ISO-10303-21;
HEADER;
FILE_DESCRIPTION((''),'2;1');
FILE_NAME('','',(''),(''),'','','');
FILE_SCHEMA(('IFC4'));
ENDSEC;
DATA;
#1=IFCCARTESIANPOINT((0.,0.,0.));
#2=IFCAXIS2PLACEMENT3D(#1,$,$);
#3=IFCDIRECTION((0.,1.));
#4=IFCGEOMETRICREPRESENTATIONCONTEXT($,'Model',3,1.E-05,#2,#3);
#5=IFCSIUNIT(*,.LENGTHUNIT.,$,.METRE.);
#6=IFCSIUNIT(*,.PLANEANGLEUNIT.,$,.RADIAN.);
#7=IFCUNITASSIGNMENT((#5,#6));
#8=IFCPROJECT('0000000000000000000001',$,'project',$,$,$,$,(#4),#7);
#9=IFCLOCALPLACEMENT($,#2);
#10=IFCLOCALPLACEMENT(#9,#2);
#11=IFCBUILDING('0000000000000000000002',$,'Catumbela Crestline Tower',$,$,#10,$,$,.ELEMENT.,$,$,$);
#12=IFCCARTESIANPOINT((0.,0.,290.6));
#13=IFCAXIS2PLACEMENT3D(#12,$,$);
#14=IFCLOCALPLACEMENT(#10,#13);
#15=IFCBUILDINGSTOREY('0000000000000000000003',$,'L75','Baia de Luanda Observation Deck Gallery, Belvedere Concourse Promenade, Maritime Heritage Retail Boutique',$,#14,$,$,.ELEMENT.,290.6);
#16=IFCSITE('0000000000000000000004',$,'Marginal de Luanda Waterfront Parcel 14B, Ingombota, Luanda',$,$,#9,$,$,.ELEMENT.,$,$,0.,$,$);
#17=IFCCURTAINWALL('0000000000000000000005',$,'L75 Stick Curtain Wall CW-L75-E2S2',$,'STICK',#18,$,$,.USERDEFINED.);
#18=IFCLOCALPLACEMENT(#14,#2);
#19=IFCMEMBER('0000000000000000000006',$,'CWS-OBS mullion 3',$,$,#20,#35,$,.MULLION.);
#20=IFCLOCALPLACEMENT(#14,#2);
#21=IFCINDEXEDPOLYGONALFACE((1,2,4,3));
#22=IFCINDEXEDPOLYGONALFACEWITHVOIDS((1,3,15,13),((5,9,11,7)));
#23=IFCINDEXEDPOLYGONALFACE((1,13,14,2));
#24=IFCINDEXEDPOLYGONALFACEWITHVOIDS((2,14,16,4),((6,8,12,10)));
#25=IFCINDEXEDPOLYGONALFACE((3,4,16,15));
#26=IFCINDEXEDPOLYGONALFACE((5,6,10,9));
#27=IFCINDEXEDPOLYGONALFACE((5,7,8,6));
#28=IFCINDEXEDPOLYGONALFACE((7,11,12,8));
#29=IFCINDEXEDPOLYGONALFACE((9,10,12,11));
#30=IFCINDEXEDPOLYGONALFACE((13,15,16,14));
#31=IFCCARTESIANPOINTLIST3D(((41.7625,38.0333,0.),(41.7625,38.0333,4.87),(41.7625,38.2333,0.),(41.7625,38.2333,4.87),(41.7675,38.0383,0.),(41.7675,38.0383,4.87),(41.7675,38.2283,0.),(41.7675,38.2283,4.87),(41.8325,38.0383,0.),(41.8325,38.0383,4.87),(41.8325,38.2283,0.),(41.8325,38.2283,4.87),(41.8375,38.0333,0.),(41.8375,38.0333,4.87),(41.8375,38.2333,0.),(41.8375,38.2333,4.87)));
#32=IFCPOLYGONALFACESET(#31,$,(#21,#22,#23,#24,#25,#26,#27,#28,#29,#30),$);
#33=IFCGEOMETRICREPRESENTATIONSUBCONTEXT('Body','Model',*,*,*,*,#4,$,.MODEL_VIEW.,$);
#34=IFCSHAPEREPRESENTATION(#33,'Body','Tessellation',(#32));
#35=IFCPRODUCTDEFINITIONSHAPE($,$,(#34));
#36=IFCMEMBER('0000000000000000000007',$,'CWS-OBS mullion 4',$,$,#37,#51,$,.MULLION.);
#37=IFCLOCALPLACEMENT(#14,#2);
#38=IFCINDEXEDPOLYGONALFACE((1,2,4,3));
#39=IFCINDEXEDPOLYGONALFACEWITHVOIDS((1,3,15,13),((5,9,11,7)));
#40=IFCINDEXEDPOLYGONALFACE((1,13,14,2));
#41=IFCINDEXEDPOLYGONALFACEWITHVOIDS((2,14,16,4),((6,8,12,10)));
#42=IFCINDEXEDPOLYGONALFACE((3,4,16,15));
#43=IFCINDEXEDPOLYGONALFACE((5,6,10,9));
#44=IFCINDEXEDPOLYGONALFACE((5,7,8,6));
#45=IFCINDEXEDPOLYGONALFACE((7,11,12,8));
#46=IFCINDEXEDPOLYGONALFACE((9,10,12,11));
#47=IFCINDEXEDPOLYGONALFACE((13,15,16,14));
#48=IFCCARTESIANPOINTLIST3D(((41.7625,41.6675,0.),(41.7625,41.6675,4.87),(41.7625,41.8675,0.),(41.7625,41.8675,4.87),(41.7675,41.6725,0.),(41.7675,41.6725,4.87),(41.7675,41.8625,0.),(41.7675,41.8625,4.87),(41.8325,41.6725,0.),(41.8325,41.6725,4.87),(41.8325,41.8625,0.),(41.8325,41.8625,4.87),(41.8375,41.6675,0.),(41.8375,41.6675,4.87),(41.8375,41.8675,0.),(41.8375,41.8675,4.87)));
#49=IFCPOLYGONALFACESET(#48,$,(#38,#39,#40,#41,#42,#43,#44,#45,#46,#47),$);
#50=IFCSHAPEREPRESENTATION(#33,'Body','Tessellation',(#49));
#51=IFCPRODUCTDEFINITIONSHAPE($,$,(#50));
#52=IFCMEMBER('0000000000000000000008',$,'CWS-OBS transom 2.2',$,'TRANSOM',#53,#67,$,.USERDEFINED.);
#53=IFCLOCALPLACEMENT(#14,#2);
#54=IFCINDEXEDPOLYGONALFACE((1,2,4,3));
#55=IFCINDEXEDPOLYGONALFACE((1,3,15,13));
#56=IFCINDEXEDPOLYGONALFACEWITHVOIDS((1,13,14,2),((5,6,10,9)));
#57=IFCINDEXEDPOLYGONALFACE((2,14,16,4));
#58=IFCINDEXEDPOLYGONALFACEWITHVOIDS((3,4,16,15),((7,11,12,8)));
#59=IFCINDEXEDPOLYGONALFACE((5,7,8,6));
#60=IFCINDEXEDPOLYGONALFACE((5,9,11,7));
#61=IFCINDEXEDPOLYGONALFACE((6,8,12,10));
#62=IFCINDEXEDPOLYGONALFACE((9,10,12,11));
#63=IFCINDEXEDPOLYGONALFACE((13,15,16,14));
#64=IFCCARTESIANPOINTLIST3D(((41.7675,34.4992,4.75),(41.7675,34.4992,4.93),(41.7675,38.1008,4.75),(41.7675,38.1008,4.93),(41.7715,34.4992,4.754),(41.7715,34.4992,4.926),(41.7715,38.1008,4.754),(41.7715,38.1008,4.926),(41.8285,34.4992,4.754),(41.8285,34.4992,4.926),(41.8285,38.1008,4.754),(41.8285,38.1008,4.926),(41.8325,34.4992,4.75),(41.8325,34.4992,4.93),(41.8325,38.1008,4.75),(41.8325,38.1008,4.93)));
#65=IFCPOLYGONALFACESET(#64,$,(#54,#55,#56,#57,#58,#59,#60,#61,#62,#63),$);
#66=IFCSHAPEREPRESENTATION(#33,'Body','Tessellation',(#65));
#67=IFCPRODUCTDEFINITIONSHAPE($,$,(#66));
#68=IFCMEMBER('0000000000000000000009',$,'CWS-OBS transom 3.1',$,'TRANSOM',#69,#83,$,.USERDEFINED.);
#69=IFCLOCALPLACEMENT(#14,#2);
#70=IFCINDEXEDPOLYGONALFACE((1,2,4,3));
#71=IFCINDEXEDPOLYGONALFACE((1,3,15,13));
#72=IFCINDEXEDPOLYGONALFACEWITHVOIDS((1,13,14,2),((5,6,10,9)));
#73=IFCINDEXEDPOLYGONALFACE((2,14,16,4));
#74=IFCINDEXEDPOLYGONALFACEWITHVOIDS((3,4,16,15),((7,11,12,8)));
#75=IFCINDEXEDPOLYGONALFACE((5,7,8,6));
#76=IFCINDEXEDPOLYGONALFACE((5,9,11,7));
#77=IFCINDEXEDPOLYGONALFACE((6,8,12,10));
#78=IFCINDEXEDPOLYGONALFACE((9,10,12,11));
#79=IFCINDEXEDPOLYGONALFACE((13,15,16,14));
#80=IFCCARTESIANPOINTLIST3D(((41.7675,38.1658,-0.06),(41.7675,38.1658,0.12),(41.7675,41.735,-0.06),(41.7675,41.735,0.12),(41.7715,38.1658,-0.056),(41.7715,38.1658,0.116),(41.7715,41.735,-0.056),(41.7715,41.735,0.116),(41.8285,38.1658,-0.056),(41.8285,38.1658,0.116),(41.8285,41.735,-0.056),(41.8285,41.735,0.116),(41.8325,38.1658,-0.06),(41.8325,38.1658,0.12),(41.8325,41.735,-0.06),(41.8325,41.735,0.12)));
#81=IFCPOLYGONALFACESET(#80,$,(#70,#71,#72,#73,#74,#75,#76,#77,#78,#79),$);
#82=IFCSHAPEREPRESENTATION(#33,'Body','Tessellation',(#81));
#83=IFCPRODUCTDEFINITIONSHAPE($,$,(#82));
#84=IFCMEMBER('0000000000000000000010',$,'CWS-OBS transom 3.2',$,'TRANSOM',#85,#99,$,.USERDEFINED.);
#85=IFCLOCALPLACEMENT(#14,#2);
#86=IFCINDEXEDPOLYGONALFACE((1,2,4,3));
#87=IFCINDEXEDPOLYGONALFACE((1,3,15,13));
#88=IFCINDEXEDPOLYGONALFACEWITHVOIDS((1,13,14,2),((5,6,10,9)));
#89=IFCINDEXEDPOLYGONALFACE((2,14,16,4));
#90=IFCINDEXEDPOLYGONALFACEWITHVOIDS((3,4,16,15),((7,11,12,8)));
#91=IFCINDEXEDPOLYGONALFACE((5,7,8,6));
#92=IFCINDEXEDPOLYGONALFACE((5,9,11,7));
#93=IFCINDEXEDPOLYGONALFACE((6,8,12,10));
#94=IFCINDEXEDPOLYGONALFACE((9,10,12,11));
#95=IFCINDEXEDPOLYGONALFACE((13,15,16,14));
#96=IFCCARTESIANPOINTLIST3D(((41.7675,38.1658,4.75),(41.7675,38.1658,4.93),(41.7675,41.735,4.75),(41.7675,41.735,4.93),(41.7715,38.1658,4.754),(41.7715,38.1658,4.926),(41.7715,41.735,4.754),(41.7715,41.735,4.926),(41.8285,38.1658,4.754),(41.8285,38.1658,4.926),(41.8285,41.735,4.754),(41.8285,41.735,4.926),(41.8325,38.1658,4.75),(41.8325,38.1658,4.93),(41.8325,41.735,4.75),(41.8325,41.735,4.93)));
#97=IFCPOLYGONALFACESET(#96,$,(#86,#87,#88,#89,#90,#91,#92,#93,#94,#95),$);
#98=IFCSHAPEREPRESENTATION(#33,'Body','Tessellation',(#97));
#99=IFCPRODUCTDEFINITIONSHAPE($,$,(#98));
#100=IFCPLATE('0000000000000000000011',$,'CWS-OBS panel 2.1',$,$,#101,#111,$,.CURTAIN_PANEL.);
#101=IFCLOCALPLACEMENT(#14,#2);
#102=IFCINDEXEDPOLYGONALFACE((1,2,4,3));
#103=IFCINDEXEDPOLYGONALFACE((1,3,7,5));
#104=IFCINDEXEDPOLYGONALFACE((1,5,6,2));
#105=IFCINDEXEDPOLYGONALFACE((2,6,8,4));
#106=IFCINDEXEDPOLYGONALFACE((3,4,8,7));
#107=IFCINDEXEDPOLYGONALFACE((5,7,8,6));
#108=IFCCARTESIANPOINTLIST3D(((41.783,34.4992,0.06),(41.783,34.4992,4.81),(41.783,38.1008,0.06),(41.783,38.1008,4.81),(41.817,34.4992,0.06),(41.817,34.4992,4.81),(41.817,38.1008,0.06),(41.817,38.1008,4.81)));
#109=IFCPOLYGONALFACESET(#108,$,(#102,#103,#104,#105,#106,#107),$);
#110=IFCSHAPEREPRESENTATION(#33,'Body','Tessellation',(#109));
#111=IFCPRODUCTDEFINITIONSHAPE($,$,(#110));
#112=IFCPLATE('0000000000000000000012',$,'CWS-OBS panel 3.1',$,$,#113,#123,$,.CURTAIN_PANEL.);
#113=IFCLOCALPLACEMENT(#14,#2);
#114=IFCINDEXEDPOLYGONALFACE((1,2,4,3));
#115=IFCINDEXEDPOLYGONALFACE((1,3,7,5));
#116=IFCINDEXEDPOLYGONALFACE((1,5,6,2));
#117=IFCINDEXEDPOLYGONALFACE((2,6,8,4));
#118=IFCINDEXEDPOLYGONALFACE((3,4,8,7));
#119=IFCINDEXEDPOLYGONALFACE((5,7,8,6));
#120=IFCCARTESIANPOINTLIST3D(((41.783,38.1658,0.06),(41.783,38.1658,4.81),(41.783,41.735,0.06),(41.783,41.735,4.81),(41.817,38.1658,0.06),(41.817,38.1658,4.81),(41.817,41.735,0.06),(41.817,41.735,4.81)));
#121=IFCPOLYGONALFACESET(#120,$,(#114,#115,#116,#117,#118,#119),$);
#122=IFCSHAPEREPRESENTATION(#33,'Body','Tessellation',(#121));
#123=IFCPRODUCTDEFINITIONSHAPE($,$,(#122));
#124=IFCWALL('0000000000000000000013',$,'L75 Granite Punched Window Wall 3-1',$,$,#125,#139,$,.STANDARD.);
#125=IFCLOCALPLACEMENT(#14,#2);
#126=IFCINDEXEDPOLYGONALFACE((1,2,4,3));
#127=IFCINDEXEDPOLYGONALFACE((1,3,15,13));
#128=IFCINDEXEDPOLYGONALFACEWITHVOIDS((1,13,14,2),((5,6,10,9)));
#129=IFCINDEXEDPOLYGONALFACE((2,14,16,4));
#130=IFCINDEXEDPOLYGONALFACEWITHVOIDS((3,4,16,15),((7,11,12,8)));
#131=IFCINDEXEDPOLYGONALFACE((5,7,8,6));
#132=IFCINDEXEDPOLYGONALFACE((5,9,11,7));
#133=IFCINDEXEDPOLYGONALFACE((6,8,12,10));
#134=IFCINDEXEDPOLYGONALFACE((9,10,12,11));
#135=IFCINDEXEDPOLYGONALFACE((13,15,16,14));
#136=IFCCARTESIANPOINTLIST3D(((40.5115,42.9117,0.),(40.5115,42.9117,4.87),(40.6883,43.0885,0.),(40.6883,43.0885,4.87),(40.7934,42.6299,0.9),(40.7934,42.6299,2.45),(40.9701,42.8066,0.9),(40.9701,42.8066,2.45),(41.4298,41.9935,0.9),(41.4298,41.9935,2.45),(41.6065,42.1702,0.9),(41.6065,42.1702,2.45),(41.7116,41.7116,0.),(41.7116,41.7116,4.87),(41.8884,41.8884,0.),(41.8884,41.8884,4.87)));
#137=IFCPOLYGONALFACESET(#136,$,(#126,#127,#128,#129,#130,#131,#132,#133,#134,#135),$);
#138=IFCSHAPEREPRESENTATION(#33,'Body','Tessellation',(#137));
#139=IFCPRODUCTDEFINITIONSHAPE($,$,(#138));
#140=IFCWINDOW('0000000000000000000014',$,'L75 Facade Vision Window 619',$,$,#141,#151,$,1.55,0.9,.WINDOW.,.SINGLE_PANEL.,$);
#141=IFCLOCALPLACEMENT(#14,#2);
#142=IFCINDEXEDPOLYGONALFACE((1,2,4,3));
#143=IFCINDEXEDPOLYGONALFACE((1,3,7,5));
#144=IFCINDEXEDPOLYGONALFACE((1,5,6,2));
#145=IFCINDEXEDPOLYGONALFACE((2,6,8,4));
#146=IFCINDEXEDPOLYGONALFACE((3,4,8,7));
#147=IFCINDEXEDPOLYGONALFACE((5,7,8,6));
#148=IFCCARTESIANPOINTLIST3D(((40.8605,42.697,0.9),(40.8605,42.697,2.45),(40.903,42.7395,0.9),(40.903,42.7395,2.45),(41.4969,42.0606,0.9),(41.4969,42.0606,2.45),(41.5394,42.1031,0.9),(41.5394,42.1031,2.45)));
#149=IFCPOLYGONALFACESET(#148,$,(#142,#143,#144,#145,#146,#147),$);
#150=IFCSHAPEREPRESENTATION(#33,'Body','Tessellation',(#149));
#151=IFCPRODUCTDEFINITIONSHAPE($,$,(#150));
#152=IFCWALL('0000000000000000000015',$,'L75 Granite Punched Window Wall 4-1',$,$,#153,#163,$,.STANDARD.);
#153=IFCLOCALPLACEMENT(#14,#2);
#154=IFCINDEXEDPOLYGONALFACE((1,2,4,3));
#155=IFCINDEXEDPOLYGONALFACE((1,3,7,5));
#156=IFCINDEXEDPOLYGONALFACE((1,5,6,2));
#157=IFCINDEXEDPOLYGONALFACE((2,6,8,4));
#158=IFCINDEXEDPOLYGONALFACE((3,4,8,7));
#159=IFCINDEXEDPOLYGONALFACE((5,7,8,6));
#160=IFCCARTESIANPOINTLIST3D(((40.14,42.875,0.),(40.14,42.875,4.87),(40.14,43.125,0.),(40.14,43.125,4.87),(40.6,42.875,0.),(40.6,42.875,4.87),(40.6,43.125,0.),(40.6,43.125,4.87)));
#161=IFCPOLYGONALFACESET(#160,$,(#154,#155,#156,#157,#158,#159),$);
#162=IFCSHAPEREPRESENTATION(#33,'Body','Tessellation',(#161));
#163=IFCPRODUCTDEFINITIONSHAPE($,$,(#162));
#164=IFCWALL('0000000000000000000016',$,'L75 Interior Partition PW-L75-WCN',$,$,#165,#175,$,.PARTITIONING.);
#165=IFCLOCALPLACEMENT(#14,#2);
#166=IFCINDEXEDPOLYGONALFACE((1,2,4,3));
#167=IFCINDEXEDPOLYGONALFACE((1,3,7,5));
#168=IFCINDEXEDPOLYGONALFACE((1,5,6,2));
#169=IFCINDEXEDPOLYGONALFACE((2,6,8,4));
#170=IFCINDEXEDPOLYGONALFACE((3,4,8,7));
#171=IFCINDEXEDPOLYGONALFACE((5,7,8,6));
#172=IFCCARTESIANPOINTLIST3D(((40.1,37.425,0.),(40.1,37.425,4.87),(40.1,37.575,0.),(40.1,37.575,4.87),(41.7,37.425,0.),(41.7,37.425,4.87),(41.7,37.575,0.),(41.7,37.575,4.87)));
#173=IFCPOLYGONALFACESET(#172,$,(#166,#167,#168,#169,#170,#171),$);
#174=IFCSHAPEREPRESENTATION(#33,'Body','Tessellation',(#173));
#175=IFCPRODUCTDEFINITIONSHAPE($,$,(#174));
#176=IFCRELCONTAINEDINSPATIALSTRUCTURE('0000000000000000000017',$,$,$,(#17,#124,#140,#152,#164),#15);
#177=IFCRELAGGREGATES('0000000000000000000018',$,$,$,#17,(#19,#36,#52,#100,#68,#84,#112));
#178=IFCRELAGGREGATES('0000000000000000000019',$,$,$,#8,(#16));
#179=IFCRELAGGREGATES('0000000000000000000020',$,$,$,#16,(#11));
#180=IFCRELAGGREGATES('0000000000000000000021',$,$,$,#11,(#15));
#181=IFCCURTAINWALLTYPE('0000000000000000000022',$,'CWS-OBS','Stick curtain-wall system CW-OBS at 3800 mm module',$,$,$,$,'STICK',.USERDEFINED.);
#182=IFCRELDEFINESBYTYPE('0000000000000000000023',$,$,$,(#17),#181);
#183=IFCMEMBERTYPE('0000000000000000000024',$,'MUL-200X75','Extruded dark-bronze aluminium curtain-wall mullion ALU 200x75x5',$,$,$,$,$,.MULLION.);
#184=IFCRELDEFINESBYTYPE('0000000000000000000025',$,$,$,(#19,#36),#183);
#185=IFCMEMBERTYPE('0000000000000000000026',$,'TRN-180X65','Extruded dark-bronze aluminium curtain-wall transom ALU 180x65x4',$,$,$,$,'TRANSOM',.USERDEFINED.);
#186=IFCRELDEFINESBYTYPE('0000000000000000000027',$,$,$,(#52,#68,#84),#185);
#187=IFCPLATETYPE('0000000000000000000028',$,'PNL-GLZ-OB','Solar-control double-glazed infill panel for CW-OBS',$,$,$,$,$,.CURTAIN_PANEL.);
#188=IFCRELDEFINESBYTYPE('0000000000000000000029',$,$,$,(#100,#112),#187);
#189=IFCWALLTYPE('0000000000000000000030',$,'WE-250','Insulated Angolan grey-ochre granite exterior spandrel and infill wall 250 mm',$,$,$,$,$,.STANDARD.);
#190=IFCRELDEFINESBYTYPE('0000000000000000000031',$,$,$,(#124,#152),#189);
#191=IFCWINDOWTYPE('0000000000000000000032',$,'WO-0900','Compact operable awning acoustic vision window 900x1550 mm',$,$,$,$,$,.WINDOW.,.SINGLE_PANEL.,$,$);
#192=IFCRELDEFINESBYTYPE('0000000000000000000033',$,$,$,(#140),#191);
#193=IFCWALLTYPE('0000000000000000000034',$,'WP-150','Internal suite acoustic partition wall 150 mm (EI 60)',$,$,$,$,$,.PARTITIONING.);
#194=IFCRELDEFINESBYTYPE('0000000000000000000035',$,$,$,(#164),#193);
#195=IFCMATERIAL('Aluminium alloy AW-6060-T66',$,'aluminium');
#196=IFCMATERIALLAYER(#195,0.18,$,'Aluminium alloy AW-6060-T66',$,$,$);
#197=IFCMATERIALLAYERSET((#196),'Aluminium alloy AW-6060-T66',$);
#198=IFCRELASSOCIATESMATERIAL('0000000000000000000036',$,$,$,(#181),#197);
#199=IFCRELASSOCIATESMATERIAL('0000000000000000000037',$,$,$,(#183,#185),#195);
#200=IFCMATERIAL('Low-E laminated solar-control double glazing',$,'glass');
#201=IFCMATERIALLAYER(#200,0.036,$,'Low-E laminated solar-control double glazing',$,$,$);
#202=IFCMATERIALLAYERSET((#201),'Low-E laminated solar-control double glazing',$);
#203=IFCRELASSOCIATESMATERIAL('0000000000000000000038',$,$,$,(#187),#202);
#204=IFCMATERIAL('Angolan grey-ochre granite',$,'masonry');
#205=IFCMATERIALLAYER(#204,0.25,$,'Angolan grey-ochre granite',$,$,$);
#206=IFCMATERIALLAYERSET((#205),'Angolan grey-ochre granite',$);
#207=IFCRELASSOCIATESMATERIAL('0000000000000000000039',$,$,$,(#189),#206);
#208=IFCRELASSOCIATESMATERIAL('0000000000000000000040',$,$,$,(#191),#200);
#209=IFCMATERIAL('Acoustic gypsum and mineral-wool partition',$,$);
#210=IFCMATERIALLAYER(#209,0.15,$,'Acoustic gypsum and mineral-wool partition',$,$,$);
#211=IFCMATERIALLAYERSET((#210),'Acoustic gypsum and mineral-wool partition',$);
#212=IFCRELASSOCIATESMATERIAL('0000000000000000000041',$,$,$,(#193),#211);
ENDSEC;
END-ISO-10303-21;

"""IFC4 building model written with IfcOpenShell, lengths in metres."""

from ifc_helpers import new_model, si_unit, direction, frame, frame_2d, origin, origin_2d, place, context, subcontext, project, spatial, rectangle, hollow_rectangle, extrude, material, layer, layer_set, material_profile, profile_set, type_object, element, fill, aggregate, save


model = new_model("IFC4")

# Units and contexts
model_context = context("Model", 3, precision=1e-05, world=origin(), true_north=direction((0.0, 1.0)))
body_context = subcontext(model_context, "Body", "Model", "MODEL_VIEW")
ifc_project = project(units=[si_unit("LENGTHUNIT", "METRE"), si_unit("PLANEANGLEUNIT", "RADIAN")], contexts=[model_context])

# Site, building, storey
site_placement = place(None, origin())
site = spatial("IfcSite", under=ifc_project, at=site_placement, Name="Marginal de Luanda Waterfront Parcel 14B, Ingombota, Luanda", CompositionType="ELEMENT", RefElevation=0.0)
building_placement = place(site_placement, origin())
building = spatial("IfcBuilding", under=site, at=building_placement, Name="Catumbela Crestline Tower", CompositionType="ELEMENT")
storey_placement = place(building_placement, frame((0.0, 0.0, 290.6)))
storey = spatial("IfcBuildingStorey", under=building, at=storey_placement, Name="L75", Description="Baia de Luanda Observation Deck Gallery, Belvedere Concourse Promenade, Maritime Heritage Retail Boutique", CompositionType="ELEMENT", Elevation=290.6)

# Curtain wall, members, plates
ifc_material_1 = material(Name="Aluminium alloy AW-6060-T66", Category="aluminium")
ifc_layer_1 = layer(ifc_material_1, 0.18, Name="Aluminium alloy AW-6060-T66")
ifc_layer_set_1 = layer_set([ifc_layer_1], Name="Aluminium alloy AW-6060-T66")
curtain_wall_type = type_object("IfcCurtainWallType", Name="CWS-OBS", Description="Stick curtain-wall system CW-OBS at 3800 mm module", ElementType="STICK", PredefinedType="USERDEFINED", material=ifc_layer_set_1)
curtain_wall_placement = place(storey_placement, origin())
curtain_wall = element("IfcCurtainWall", 1, at=curtain_wall_placement, inside=storey, type_object=curtain_wall_type, Name="L75 Stick Curtain Wall CW-L75-E2S2", ObjectType="STICK", PredefinedType="USERDEFINED")
ifc_material_profile_1 = material_profile(ifc_material_1, hollow_rectangle(XDim=0.075, YDim=0.2, WallThickness=0.005, at=origin_2d()), Name="ALU 200x75x5")
ifc_profile_set_1 = profile_set([ifc_material_profile_1], Name="Aluminium alloy AW-6060-T66")
member_type_1 = type_object("IfcMemberType", Name="MUL-200X75", Description="Extruded dark-bronze aluminium curtain-wall mullion ALU 200x75x5", PredefinedType="MULLION", material=ifc_profile_set_1)
member_1_placement = place(storey_placement, frame((41.8, 38.1333, 0.0), z_axis=(0.0, 0.0, 1.0), x_axis=(-1.0, 0.0, 0.0)))
member_1 = element("IfcMember", 2, at=member_1_placement, type_object=member_type_1, Name="CWS-OBS mullion 3", PredefinedType="MULLION", context=body_context, shape_type="SweptSolid", body=[
    extrude(hollow_rectangle(XDim=0.075, YDim=0.2, WallThickness=0.005, at=origin_2d()), origin(), (0.0, 0.0, 1.0), 4.87),
])
member_2_placement = place(storey_placement, frame((41.8, 41.7675, 0.0), z_axis=(0.0, 0.0, 1.0), x_axis=(-1.0, 0.0, 0.0)))
member_2 = element("IfcMember", 3, at=member_2_placement, type_object=member_type_1, Name="CWS-OBS mullion 4", PredefinedType="MULLION", context=body_context, shape_type="SweptSolid", body=[
    extrude(hollow_rectangle(XDim=0.075, YDim=0.2, WallThickness=0.005, at=origin_2d()), origin(), (0.0, 0.0, 1.0), 4.87),
])
ifc_material_profile_2 = material_profile(ifc_material_1, hollow_rectangle(XDim=0.065, YDim=0.18, WallThickness=0.004, at=origin_2d()), Name="ALU 180x65x4")
ifc_profile_set_2 = profile_set([ifc_material_profile_2], Name="Aluminium alloy AW-6060-T66")
member_type_2 = type_object("IfcMemberType", Name="TRN-180X65", Description="Extruded dark-bronze aluminium curtain-wall transom ALU 180x65x4", ElementType="TRANSOM", PredefinedType="USERDEFINED", material=ifc_profile_set_2)
member_3_placement = place(storey_placement, frame((41.8, 34.4992, 4.84), z_axis=(0.0, 1.0, 0.0), x_axis=(-1.0, 0.0, 0.0)))
member_3 = element("IfcMember", 4, at=member_3_placement, type_object=member_type_2, Name="CWS-OBS transom 2.2", ObjectType="TRANSOM", PredefinedType="USERDEFINED", context=body_context, shape_type="SweptSolid", body=[
    extrude(hollow_rectangle(XDim=0.065, YDim=0.18, WallThickness=0.004, at=origin_2d()), origin(), (0.0, 0.0, 1.0), 3.6016),
])
member_4_placement = place(storey_placement, frame((41.8, 38.1658, 0.03), z_axis=(0.0, 1.0, 0.0), x_axis=(-1.0, 0.0, 0.0)))
member_4 = element("IfcMember", 5, at=member_4_placement, type_object=member_type_2, Name="CWS-OBS transom 3.1", ObjectType="TRANSOM", PredefinedType="USERDEFINED", context=body_context, shape_type="SweptSolid", body=[
    extrude(hollow_rectangle(XDim=0.065, YDim=0.18, WallThickness=0.004, at=origin_2d()), origin(), (0.0, 0.0, 1.0), 3.5692),
])
member_5_placement = place(storey_placement, frame((41.8, 38.1658, 4.84), z_axis=(0.0, 1.0, 0.0), x_axis=(-1.0, 0.0, 0.0)))
member_5 = element("IfcMember", 6, at=member_5_placement, type_object=member_type_2, Name="CWS-OBS transom 3.2", ObjectType="TRANSOM", PredefinedType="USERDEFINED", context=body_context, shape_type="SweptSolid", body=[
    extrude(hollow_rectangle(XDim=0.065, YDim=0.18, WallThickness=0.004, at=origin_2d()), origin(), (0.0, 0.0, 1.0), 3.5692),
])
ifc_material_2 = material(Name="Low-E laminated solar-control double glazing", Category="glass")
ifc_layer_2 = layer(ifc_material_2, 0.036, Name="Low-E laminated solar-control double glazing")
ifc_layer_set_2 = layer_set([ifc_layer_2], Name="Low-E laminated solar-control double glazing")
plate_type = type_object("IfcPlateType", Name="PNL-GLZ-OB", Description="Solar-control double-glazed infill panel for CW-OBS", PredefinedType="CURTAIN_PANEL", material=ifc_layer_set_2)
plate_1_placement = place(storey_placement, frame((41.8, 36.3, 0.06), z_axis=(0.0, 0.0, 1.0), x_axis=(0.0, 1.0, 0.0)))
plate_1 = element("IfcPlate", 7, at=plate_1_placement, type_object=plate_type, Name="CWS-OBS panel 2.1", PredefinedType="CURTAIN_PANEL", context=body_context, shape_type="SweptSolid", body=[
    extrude(rectangle(XDim=3.6017, YDim=0.034, at=origin_2d()), origin(), (0.0, 0.0, 1.0), 4.75),
])
plate_2_placement = place(storey_placement, frame((41.8, 39.9504, 0.06), z_axis=(0.0, 0.0, 1.0), x_axis=(0.0, 1.0, 0.0)))
plate_2 = element("IfcPlate", 8, at=plate_2_placement, type_object=plate_type, Name="CWS-OBS panel 3.1", PredefinedType="CURTAIN_PANEL", context=body_context, shape_type="SweptSolid", body=[
    extrude(rectangle(XDim=3.5692, YDim=0.034, at=origin_2d()), origin(), (0.0, 0.0, 1.0), 4.75),
])
aggregate(curtain_wall, [member_1, member_2, member_3, plate_1, member_4, member_5, plate_2])

# Wall, opening, window
ifc_material_3 = material(Name="Angolan grey-ochre granite", Category="masonry")
ifc_layer_3 = layer(ifc_material_3, 0.25, Name="Angolan grey-ochre granite")
ifc_layer_set_3 = layer_set([ifc_layer_3], Name="Angolan grey-ochre granite")
wall_type_1 = type_object("IfcWallType", Name="WE-250", Description="Insulated Angolan grey-ochre granite exterior spandrel and infill wall 250 mm", PredefinedType="STANDARD", material=ifc_layer_set_3)
wall_1_placement = place(storey_placement, frame((41.8, 41.8, 0.0), z_axis=(0.0, 0.0, 1.0), x_axis=(-0.707107, 0.707107, 0.0)))
wall_1 = element("IfcWall", 9, at=wall_1_placement, inside=storey, type_object=wall_type_1, Name="L75 Granite Punched Window Wall 3-1", PredefinedType="STANDARD", context=body_context, shape_type="SweptSolid", body=[
    extrude(rectangle(XDim=1.6971, YDim=0.25, at=frame_2d((0.8486, 0.0))), origin(), (0.0, 0.0, 1.0), 4.87),
])
opening_placement = place(wall_1_placement, frame((0.3986, 0.0, 0.9)))
opening = element("IfcOpeningElement", 10, at=opening_placement, cuts=wall_1, PredefinedType="OPENING", context=body_context, shape_type="SweptSolid", body=[
    extrude(rectangle(XDim=0.9, YDim=1.55, at=frame_2d((0.45, 0.775))), frame((0.0, 0.135, 0.0), z_axis=(0.0, -1.0, 0.0), x_axis=(1.0, 0.0, 0.0)), (0.0, 0.0, 1.0), 0.27),
])
window_type = type_object("IfcWindowType", Name="WO-0900", Description="Compact operable awning acoustic vision window 900x1550 mm", PartitioningType="SINGLE_PANEL", PredefinedType="WINDOW", material=ifc_material_2)
window_placement = place(opening_placement, origin())
window = element("IfcWindow", 11, at=window_placement, inside=storey, type_object=window_type, Name="L75 Facade Vision Window 619", OverallHeight=1.55, OverallWidth=0.9, PartitioningType="SINGLE_PANEL", PredefinedType="WINDOW", context=body_context, shape_type="SweptSolid", body=[
    extrude(rectangle(XDim=0.9, YDim=1.55, at=frame_2d((0.45, 0.775))), frame((0.0, 0.03, 0.0), z_axis=(0.0, -1.0, 0.0), x_axis=(1.0, 0.0, 0.0)), (0.0, 0.0, 1.0), 0.06),
])
fill(opening, window)

# Walls
wall_2_placement = place(storey_placement, frame((40.6, 43.0, 0.0), z_axis=(0.0, 0.0, 1.0), x_axis=(-1.0, 0.0, 0.0)))
element("IfcWall", 12, at=wall_2_placement, inside=storey, type_object=wall_type_1, Name="L75 Granite Punched Window Wall 4-1", PredefinedType="STANDARD", context=body_context, shape_type="SweptSolid", body=[
    extrude(rectangle(XDim=0.46, YDim=0.25, at=frame_2d((0.23, 0.0))), origin(), (0.0, 0.0, 1.0), 4.87),
])
ifc_material_4 = material(Name="Acoustic gypsum and mineral-wool partition")
ifc_layer_4 = layer(ifc_material_4, 0.15, Name="Acoustic gypsum and mineral-wool partition")
ifc_layer_set_4 = layer_set([ifc_layer_4], Name="Acoustic gypsum and mineral-wool partition")
wall_type_2 = type_object("IfcWallType", Name="WP-150", Description="Internal suite acoustic partition wall 150 mm (EI 60)", PredefinedType="PARTITIONING", material=ifc_layer_set_4)
wall_3_placement = place(storey_placement, frame((40.1, 37.5, 0.0), z_axis=(0.0, 0.0, 1.0), x_axis=(1.0, 0.0, 0.0)))
element("IfcWall", 13, at=wall_3_placement, inside=storey, type_object=wall_type_2, Name="L75 Interior Partition PW-L75-WCN", PredefinedType="PARTITIONING", context=body_context, shape_type="SweptSolid", body=[
    extrude(rectangle(XDim=1.6, YDim=0.15, at=frame_2d((0.8, 0.0))), origin(), (0.0, 0.0, 1.0), 4.87),
])

save(model, "model.ifc")
